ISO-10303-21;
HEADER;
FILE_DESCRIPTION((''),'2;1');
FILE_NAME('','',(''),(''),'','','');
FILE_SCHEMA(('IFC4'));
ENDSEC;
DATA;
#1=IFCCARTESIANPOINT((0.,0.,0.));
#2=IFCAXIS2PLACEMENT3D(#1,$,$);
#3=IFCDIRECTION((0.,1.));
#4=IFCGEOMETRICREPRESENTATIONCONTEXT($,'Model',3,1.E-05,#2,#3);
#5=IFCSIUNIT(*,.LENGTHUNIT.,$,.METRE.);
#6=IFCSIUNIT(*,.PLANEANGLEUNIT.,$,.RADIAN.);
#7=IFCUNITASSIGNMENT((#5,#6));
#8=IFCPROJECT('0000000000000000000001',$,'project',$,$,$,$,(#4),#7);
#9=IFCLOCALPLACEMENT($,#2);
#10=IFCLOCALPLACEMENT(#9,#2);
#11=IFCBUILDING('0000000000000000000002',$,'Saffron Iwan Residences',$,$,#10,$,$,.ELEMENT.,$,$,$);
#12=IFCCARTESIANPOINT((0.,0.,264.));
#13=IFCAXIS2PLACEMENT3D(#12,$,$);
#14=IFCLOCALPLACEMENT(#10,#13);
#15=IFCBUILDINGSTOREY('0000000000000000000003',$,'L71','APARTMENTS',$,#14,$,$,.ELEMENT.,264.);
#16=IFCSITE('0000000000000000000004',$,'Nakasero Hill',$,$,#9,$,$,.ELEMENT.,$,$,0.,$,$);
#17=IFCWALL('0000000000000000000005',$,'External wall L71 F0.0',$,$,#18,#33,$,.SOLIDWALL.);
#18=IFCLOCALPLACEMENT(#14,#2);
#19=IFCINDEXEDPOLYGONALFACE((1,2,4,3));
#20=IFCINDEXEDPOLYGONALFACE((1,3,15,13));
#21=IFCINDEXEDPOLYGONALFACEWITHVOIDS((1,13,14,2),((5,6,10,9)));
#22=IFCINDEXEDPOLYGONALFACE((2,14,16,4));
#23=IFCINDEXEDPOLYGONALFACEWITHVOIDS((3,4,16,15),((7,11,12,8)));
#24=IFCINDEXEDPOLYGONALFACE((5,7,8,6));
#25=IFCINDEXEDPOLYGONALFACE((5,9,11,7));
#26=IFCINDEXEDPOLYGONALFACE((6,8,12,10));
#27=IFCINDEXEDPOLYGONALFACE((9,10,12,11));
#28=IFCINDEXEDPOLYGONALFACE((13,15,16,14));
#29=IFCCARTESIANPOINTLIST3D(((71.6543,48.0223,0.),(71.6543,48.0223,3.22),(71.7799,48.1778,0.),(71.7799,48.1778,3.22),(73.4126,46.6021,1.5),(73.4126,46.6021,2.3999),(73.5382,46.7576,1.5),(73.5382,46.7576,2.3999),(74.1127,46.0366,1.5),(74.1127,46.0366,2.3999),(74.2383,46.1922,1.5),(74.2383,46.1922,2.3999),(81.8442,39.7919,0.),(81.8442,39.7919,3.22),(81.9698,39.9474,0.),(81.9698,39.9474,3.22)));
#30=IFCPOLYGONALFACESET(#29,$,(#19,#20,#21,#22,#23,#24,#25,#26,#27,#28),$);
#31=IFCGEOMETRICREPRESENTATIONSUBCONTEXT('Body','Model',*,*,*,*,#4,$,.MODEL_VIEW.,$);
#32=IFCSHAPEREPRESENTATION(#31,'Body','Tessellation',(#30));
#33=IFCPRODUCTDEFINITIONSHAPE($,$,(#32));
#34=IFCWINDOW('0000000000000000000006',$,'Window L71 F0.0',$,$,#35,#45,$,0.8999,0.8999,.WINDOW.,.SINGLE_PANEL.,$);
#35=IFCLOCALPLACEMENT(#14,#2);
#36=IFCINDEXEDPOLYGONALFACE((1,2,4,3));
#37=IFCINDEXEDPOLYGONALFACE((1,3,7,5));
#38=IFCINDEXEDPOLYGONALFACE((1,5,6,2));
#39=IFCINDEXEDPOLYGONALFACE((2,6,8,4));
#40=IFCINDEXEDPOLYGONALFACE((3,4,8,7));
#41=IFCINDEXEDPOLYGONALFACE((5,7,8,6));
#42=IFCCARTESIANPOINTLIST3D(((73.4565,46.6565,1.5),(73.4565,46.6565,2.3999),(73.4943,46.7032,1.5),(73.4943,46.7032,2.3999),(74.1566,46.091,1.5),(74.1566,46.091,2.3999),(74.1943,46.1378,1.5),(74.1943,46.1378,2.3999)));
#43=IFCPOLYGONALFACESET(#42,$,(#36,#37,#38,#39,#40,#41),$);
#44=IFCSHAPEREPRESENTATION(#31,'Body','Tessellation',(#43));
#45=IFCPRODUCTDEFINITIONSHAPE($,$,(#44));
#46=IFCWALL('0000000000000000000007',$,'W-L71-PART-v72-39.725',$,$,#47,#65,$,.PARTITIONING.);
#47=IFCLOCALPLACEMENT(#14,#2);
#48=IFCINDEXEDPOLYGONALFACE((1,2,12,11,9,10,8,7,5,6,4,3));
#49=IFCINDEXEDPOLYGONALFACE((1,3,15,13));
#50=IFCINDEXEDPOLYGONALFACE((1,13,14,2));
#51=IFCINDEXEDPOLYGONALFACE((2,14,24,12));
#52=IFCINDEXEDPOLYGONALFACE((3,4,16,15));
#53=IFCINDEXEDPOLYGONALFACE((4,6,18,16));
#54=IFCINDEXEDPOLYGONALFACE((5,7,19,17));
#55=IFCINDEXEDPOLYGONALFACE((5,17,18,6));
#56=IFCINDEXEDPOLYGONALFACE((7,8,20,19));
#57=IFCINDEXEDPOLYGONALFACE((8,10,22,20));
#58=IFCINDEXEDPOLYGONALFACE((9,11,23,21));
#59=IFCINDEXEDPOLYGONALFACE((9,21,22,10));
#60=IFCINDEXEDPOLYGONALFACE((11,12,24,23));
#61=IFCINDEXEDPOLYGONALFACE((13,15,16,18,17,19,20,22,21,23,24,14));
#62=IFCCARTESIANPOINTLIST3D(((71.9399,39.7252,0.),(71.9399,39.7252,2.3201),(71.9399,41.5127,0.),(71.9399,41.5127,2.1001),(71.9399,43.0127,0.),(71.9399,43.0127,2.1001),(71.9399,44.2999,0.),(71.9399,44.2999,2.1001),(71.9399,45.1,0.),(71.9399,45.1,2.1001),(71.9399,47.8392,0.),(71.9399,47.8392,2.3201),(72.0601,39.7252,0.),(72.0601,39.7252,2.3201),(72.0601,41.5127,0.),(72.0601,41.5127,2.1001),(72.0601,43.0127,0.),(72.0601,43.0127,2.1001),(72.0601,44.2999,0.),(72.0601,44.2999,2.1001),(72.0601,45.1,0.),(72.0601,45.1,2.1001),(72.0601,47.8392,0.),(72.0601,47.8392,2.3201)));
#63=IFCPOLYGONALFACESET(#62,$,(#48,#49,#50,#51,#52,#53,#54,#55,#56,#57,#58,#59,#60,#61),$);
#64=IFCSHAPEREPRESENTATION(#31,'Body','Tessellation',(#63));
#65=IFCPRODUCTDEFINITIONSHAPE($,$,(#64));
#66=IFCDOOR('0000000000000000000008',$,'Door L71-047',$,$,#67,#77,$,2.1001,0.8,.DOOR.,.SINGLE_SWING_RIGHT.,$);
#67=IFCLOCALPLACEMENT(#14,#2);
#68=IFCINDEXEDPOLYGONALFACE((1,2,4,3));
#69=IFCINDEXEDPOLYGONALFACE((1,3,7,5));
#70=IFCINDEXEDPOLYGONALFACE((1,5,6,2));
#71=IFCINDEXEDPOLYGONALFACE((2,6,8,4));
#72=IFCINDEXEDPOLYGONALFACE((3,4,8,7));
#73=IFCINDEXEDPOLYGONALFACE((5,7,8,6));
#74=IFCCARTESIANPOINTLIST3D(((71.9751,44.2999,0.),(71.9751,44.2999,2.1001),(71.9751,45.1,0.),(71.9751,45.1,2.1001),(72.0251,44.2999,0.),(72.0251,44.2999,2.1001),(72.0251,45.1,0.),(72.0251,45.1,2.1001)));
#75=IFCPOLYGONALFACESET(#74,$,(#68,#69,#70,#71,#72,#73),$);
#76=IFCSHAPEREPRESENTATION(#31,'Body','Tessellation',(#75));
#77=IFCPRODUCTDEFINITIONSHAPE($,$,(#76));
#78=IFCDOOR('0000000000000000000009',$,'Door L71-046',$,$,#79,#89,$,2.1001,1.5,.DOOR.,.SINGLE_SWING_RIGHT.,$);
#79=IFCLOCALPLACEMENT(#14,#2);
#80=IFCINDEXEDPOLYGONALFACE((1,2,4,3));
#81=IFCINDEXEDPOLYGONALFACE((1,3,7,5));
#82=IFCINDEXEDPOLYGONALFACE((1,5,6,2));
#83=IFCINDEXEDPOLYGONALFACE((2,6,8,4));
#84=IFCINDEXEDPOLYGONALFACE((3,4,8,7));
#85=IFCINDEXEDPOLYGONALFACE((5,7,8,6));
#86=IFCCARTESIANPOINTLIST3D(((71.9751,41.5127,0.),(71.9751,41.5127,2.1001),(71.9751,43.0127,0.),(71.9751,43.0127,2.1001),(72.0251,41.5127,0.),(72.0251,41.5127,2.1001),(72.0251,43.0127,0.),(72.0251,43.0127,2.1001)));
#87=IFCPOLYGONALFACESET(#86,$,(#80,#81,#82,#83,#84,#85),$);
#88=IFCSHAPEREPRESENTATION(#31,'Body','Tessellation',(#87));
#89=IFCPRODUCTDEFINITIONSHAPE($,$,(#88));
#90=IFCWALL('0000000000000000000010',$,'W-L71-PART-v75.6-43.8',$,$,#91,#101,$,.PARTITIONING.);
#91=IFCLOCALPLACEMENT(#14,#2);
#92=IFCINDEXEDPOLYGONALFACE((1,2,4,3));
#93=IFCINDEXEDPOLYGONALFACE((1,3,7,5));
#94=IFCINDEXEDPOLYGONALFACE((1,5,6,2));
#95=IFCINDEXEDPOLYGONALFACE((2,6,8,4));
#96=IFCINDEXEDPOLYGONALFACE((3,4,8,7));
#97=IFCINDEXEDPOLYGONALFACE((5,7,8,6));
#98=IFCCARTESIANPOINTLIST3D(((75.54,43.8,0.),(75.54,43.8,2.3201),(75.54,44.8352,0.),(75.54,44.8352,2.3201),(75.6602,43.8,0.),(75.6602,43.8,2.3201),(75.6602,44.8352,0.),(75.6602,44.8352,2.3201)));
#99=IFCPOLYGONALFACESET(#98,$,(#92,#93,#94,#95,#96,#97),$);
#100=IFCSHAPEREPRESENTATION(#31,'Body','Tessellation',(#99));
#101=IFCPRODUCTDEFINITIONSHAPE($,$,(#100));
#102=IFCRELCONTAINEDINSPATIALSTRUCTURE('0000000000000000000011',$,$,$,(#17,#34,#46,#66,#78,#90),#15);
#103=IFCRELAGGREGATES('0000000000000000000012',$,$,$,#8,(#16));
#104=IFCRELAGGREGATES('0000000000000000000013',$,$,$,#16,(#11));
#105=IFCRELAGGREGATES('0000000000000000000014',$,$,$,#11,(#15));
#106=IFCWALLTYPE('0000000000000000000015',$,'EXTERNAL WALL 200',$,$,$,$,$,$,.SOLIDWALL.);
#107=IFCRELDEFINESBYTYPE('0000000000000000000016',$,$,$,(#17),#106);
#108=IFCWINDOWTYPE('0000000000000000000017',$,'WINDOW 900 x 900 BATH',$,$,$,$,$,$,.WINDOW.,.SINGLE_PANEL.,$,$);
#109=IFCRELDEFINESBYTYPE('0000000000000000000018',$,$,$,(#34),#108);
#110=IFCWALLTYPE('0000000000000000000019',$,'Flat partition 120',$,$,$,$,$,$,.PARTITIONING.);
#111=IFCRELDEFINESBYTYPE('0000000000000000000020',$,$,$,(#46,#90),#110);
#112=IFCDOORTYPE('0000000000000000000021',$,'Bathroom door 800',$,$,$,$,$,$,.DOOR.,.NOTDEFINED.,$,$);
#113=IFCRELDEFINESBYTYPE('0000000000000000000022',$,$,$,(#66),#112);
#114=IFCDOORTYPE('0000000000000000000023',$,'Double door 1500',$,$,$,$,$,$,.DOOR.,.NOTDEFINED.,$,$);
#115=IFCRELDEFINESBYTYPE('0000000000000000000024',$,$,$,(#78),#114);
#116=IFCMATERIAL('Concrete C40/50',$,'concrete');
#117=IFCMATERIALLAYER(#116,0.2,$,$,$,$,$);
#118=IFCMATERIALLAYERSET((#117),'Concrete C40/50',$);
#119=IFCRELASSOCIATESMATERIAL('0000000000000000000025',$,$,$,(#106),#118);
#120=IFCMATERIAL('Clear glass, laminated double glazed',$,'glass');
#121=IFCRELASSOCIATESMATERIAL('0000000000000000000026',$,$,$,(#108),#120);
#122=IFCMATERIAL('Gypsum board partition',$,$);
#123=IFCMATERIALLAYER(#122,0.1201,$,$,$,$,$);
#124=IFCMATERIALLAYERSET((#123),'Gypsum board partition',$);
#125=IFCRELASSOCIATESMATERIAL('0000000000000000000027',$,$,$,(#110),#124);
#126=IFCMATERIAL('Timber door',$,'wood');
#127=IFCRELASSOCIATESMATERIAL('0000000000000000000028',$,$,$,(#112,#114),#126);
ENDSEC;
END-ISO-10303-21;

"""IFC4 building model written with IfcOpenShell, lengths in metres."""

from ifc_helpers import new_model, si_unit, direction, frame, frame_2d, origin, place, context, subcontext, project, spatial, rectangle, extrude, material, layer, layer_set, type_object, element, fill, save


model = new_model("IFC4")

# Units and contexts
model_context = context("Model", 3, precision=1e-05, world=origin(), true_north=direction((0.0, 1.0)))
body_context = subcontext(model_context, "Body", "Model", "MODEL_VIEW")
ifc_project = project(units=[si_unit("LENGTHUNIT", "METRE"), si_unit("PLANEANGLEUNIT", "RADIAN")], contexts=[model_context])

# Site, building, storey
site_placement = place(None, origin())
site = spatial("IfcSite", under=ifc_project, at=site_placement, Name="Nakasero Hill", CompositionType="ELEMENT", RefElevation=0.0)
building_placement = place(site_placement, origin())
building = spatial("IfcBuilding", under=site, at=building_placement, Name="Saffron Iwan Residences", CompositionType="ELEMENT")
storey_placement = place(building_placement, frame((0.0, 0.0, 264.0)))
storey = spatial("IfcBuildingStorey", under=building, at=storey_placement, Name="L71", Description="APARTMENTS", CompositionType="ELEMENT", Elevation=264.0)

# Shared definitions
ifc_material_1 = material(Name="Concrete C40/50", Category="concrete")

# Wall, opening, window
ifc_layer_1 = layer(ifc_material_1, 0.2)
ifc_layer_set_1 = layer_set([ifc_layer_1], Name="Concrete C40/50")
wall_type_1 = type_object("IfcWallType", Name="EXTERNAL WALL 200", PredefinedType="SOLIDWALL", material=ifc_layer_set_1)
wall_1_placement = place(storey_placement, frame((81.907, 39.8696, 0.0), z_axis=(0.0, 0.0, 1.0), x_axis=(-0.777936, 0.628343, 0.0)))
wall_1 = element("IfcWall", 1, at=wall_1_placement, inside=storey, type_object=wall_type_1, Name="External wall L71 F0.0", PredefinedType="SOLIDWALL", context=body_context, shape_type="SweptSolid", body=[
    extrude(rectangle(XDim=13.0986, YDim=0.2, at=frame_2d((6.5493, 0.0))), origin(), (0.0, 0.0, 1.0), 3.22),
])
opening_1_placement = place(wall_1_placement, frame((9.9385, 0.0, 1.5)))
opening_1 = element("IfcOpeningElement", 2, at=opening_1_placement, cuts=wall_1, PredefinedType="OPENING", context=body_context, shape_type="SweptSolid", body=[
    extrude(rectangle(XDim=0.8999, YDim=0.8999, at=frame_2d((0.45, 0.45))), frame((0.0, 0.1099, 0.0), z_axis=(0.0, -1.0, 0.0), x_axis=(1.0, 0.0, 0.0)), (0.0, 0.0, 1.0), 0.22),
])
ifc_material_2 = material(Name="Clear glass, laminated double glazed", Category="glass")
window_type = type_object("IfcWindowType", Name="WINDOW 900 x 900 BATH", PartitioningType="SINGLE_PANEL", PredefinedType="WINDOW", material=ifc_material_2)
window_placement = place(opening_1_placement, origin())
window = element("IfcWindow", 3, at=window_placement, inside=storey, type_object=window_type, Name="Window L71 F0.0", OverallHeight=0.8999, OverallWidth=0.8999, PartitioningType="SINGLE_PANEL", PredefinedType="WINDOW", context=body_context, shape_type="SweptSolid", body=[
    extrude(rectangle(XDim=0.8999, YDim=0.8999, at=frame_2d((0.45, 0.45))), frame((0.0, 0.03, 0.0), z_axis=(0.0, -1.0, 0.0), x_axis=(1.0, 0.0, 0.0)), (0.0, 0.0, 1.0), 0.0601),
])
fill(opening_1, window)

# Wall, openings, doors
ifc_material_3 = material(Name="Gypsum board partition")
ifc_layer_2 = layer(ifc_material_3, 0.1201)
ifc_layer_set_2 = layer_set([ifc_layer_2], Name="Gypsum board partition")
wall_type_2 = type_object("IfcWallType", Name="Flat partition 120", PredefinedType="PARTITIONING", material=ifc_layer_set_2)
wall_2_placement = place(storey_placement, frame((72.0, 39.7251, 0.0), z_axis=(0.0, 0.0, 1.0), x_axis=(0.0, 1.0, 0.0)))
wall_2 = element("IfcWall", 4, at=wall_2_placement, inside=storey, type_object=wall_type_2, Name="W-L71-PART-v72-39.725", PredefinedType="PARTITIONING", context=body_context, shape_type="SweptSolid", body=[
    extrude(rectangle(XDim=8.114, YDim=0.1201, at=frame_2d((4.0571, 0.0))), origin(), (0.0, 0.0, 1.0), 2.3201),
])
opening_2_placement = place(wall_2_placement, frame((1.7876, 0.0, 0.0)))
opening_2 = element("IfcOpeningElement", 5, at=opening_2_placement, cuts=wall_2, PredefinedType="OPENING", context=body_context, shape_type="SweptSolid", body=[
    extrude(rectangle(XDim=1.5, YDim=2.1001, at=frame_2d((0.75, 1.05))), frame((0.0, 0.0701, 0.0), z_axis=(0.0, -1.0, 0.0), x_axis=(1.0, 0.0, 0.0)), (0.0, 0.0, 1.0), 0.1401),
])
opening_3_placement = place(wall_2_placement, frame((4.575, 0.0, 0.0)))
opening_3 = element("IfcOpeningElement", 6, at=opening_3_placement, cuts=wall_2, PredefinedType="OPENING", context=body_context, shape_type="SweptSolid", body=[
    extrude(rectangle(XDim=0.8, YDim=2.1001, at=frame_2d((0.3999, 1.05))), frame((0.0, 0.0701, 0.0), z_axis=(0.0, -1.0, 0.0), x_axis=(1.0, 0.0, 0.0)), (0.0, 0.0, 1.0), 0.1401),
])
ifc_material_4 = material(Name="Timber door", Category="wood")
door_type_1 = type_object("IfcDoorType", Name="Bathroom door 800", OperationType="NOTDEFINED", PredefinedType="DOOR", material=ifc_material_4)
door_1_placement = place(opening_3_placement, origin())
door_1 = element("IfcDoor", 7, at=door_1_placement, inside=storey, type_object=door_type_1, Name="Door L71-047", OperationType="SINGLE_SWING_RIGHT", OverallHeight=2.1001, OverallWidth=0.8, PredefinedType="DOOR", context=body_context, shape_type="SweptSolid", body=[
    extrude(rectangle(XDim=0.8, YDim=2.1001, at=frame_2d((0.3999, 1.05))), frame((0.0, 0.0249, 0.0), z_axis=(0.0, -1.0, 0.0), x_axis=(1.0, 0.0, 0.0)), (0.0, 0.0, 1.0), 0.05),
])
fill(opening_3, door_1)
door_type_2 = type_object("IfcDoorType", Name="Double door 1500", OperationType="NOTDEFINED", PredefinedType="DOOR", material=ifc_material_4)
door_2_placement = place(opening_2_placement, origin())
door_2 = element("IfcDoor", 8, at=door_2_placement, inside=storey, type_object=door_type_2, Name="Door L71-046", OperationType="SINGLE_SWING_RIGHT", OverallHeight=2.1001, OverallWidth=1.5, PredefinedType="DOOR", context=body_context, shape_type="SweptSolid", body=[
    extrude(rectangle(XDim=1.5, YDim=2.1001, at=frame_2d((0.75, 1.05))), frame((0.0, 0.0249, 0.0), z_axis=(0.0, -1.0, 0.0), x_axis=(1.0, 0.0, 0.0)), (0.0, 0.0, 1.0), 0.05),
])
fill(opening_2, door_2)

# Wall
wall_3_placement = place(storey_placement, frame((75.6001, 43.8, 0.0), z_axis=(0.0, 0.0, 1.0), x_axis=(0.0, 1.0, 0.0)))
element("IfcWall", 9, at=wall_3_placement, inside=storey, type_object=wall_type_2, Name="W-L71-PART-v75.6-43.8", PredefinedType="PARTITIONING", context=body_context, shape_type="SweptSolid", body=[
    extrude(rectangle(XDim=1.0352, YDim=0.1201, at=frame_2d((0.5176, 0.0))), origin(), (0.0, 0.0, 1.0), 2.3201),
])

save(model, "model.ifc")
